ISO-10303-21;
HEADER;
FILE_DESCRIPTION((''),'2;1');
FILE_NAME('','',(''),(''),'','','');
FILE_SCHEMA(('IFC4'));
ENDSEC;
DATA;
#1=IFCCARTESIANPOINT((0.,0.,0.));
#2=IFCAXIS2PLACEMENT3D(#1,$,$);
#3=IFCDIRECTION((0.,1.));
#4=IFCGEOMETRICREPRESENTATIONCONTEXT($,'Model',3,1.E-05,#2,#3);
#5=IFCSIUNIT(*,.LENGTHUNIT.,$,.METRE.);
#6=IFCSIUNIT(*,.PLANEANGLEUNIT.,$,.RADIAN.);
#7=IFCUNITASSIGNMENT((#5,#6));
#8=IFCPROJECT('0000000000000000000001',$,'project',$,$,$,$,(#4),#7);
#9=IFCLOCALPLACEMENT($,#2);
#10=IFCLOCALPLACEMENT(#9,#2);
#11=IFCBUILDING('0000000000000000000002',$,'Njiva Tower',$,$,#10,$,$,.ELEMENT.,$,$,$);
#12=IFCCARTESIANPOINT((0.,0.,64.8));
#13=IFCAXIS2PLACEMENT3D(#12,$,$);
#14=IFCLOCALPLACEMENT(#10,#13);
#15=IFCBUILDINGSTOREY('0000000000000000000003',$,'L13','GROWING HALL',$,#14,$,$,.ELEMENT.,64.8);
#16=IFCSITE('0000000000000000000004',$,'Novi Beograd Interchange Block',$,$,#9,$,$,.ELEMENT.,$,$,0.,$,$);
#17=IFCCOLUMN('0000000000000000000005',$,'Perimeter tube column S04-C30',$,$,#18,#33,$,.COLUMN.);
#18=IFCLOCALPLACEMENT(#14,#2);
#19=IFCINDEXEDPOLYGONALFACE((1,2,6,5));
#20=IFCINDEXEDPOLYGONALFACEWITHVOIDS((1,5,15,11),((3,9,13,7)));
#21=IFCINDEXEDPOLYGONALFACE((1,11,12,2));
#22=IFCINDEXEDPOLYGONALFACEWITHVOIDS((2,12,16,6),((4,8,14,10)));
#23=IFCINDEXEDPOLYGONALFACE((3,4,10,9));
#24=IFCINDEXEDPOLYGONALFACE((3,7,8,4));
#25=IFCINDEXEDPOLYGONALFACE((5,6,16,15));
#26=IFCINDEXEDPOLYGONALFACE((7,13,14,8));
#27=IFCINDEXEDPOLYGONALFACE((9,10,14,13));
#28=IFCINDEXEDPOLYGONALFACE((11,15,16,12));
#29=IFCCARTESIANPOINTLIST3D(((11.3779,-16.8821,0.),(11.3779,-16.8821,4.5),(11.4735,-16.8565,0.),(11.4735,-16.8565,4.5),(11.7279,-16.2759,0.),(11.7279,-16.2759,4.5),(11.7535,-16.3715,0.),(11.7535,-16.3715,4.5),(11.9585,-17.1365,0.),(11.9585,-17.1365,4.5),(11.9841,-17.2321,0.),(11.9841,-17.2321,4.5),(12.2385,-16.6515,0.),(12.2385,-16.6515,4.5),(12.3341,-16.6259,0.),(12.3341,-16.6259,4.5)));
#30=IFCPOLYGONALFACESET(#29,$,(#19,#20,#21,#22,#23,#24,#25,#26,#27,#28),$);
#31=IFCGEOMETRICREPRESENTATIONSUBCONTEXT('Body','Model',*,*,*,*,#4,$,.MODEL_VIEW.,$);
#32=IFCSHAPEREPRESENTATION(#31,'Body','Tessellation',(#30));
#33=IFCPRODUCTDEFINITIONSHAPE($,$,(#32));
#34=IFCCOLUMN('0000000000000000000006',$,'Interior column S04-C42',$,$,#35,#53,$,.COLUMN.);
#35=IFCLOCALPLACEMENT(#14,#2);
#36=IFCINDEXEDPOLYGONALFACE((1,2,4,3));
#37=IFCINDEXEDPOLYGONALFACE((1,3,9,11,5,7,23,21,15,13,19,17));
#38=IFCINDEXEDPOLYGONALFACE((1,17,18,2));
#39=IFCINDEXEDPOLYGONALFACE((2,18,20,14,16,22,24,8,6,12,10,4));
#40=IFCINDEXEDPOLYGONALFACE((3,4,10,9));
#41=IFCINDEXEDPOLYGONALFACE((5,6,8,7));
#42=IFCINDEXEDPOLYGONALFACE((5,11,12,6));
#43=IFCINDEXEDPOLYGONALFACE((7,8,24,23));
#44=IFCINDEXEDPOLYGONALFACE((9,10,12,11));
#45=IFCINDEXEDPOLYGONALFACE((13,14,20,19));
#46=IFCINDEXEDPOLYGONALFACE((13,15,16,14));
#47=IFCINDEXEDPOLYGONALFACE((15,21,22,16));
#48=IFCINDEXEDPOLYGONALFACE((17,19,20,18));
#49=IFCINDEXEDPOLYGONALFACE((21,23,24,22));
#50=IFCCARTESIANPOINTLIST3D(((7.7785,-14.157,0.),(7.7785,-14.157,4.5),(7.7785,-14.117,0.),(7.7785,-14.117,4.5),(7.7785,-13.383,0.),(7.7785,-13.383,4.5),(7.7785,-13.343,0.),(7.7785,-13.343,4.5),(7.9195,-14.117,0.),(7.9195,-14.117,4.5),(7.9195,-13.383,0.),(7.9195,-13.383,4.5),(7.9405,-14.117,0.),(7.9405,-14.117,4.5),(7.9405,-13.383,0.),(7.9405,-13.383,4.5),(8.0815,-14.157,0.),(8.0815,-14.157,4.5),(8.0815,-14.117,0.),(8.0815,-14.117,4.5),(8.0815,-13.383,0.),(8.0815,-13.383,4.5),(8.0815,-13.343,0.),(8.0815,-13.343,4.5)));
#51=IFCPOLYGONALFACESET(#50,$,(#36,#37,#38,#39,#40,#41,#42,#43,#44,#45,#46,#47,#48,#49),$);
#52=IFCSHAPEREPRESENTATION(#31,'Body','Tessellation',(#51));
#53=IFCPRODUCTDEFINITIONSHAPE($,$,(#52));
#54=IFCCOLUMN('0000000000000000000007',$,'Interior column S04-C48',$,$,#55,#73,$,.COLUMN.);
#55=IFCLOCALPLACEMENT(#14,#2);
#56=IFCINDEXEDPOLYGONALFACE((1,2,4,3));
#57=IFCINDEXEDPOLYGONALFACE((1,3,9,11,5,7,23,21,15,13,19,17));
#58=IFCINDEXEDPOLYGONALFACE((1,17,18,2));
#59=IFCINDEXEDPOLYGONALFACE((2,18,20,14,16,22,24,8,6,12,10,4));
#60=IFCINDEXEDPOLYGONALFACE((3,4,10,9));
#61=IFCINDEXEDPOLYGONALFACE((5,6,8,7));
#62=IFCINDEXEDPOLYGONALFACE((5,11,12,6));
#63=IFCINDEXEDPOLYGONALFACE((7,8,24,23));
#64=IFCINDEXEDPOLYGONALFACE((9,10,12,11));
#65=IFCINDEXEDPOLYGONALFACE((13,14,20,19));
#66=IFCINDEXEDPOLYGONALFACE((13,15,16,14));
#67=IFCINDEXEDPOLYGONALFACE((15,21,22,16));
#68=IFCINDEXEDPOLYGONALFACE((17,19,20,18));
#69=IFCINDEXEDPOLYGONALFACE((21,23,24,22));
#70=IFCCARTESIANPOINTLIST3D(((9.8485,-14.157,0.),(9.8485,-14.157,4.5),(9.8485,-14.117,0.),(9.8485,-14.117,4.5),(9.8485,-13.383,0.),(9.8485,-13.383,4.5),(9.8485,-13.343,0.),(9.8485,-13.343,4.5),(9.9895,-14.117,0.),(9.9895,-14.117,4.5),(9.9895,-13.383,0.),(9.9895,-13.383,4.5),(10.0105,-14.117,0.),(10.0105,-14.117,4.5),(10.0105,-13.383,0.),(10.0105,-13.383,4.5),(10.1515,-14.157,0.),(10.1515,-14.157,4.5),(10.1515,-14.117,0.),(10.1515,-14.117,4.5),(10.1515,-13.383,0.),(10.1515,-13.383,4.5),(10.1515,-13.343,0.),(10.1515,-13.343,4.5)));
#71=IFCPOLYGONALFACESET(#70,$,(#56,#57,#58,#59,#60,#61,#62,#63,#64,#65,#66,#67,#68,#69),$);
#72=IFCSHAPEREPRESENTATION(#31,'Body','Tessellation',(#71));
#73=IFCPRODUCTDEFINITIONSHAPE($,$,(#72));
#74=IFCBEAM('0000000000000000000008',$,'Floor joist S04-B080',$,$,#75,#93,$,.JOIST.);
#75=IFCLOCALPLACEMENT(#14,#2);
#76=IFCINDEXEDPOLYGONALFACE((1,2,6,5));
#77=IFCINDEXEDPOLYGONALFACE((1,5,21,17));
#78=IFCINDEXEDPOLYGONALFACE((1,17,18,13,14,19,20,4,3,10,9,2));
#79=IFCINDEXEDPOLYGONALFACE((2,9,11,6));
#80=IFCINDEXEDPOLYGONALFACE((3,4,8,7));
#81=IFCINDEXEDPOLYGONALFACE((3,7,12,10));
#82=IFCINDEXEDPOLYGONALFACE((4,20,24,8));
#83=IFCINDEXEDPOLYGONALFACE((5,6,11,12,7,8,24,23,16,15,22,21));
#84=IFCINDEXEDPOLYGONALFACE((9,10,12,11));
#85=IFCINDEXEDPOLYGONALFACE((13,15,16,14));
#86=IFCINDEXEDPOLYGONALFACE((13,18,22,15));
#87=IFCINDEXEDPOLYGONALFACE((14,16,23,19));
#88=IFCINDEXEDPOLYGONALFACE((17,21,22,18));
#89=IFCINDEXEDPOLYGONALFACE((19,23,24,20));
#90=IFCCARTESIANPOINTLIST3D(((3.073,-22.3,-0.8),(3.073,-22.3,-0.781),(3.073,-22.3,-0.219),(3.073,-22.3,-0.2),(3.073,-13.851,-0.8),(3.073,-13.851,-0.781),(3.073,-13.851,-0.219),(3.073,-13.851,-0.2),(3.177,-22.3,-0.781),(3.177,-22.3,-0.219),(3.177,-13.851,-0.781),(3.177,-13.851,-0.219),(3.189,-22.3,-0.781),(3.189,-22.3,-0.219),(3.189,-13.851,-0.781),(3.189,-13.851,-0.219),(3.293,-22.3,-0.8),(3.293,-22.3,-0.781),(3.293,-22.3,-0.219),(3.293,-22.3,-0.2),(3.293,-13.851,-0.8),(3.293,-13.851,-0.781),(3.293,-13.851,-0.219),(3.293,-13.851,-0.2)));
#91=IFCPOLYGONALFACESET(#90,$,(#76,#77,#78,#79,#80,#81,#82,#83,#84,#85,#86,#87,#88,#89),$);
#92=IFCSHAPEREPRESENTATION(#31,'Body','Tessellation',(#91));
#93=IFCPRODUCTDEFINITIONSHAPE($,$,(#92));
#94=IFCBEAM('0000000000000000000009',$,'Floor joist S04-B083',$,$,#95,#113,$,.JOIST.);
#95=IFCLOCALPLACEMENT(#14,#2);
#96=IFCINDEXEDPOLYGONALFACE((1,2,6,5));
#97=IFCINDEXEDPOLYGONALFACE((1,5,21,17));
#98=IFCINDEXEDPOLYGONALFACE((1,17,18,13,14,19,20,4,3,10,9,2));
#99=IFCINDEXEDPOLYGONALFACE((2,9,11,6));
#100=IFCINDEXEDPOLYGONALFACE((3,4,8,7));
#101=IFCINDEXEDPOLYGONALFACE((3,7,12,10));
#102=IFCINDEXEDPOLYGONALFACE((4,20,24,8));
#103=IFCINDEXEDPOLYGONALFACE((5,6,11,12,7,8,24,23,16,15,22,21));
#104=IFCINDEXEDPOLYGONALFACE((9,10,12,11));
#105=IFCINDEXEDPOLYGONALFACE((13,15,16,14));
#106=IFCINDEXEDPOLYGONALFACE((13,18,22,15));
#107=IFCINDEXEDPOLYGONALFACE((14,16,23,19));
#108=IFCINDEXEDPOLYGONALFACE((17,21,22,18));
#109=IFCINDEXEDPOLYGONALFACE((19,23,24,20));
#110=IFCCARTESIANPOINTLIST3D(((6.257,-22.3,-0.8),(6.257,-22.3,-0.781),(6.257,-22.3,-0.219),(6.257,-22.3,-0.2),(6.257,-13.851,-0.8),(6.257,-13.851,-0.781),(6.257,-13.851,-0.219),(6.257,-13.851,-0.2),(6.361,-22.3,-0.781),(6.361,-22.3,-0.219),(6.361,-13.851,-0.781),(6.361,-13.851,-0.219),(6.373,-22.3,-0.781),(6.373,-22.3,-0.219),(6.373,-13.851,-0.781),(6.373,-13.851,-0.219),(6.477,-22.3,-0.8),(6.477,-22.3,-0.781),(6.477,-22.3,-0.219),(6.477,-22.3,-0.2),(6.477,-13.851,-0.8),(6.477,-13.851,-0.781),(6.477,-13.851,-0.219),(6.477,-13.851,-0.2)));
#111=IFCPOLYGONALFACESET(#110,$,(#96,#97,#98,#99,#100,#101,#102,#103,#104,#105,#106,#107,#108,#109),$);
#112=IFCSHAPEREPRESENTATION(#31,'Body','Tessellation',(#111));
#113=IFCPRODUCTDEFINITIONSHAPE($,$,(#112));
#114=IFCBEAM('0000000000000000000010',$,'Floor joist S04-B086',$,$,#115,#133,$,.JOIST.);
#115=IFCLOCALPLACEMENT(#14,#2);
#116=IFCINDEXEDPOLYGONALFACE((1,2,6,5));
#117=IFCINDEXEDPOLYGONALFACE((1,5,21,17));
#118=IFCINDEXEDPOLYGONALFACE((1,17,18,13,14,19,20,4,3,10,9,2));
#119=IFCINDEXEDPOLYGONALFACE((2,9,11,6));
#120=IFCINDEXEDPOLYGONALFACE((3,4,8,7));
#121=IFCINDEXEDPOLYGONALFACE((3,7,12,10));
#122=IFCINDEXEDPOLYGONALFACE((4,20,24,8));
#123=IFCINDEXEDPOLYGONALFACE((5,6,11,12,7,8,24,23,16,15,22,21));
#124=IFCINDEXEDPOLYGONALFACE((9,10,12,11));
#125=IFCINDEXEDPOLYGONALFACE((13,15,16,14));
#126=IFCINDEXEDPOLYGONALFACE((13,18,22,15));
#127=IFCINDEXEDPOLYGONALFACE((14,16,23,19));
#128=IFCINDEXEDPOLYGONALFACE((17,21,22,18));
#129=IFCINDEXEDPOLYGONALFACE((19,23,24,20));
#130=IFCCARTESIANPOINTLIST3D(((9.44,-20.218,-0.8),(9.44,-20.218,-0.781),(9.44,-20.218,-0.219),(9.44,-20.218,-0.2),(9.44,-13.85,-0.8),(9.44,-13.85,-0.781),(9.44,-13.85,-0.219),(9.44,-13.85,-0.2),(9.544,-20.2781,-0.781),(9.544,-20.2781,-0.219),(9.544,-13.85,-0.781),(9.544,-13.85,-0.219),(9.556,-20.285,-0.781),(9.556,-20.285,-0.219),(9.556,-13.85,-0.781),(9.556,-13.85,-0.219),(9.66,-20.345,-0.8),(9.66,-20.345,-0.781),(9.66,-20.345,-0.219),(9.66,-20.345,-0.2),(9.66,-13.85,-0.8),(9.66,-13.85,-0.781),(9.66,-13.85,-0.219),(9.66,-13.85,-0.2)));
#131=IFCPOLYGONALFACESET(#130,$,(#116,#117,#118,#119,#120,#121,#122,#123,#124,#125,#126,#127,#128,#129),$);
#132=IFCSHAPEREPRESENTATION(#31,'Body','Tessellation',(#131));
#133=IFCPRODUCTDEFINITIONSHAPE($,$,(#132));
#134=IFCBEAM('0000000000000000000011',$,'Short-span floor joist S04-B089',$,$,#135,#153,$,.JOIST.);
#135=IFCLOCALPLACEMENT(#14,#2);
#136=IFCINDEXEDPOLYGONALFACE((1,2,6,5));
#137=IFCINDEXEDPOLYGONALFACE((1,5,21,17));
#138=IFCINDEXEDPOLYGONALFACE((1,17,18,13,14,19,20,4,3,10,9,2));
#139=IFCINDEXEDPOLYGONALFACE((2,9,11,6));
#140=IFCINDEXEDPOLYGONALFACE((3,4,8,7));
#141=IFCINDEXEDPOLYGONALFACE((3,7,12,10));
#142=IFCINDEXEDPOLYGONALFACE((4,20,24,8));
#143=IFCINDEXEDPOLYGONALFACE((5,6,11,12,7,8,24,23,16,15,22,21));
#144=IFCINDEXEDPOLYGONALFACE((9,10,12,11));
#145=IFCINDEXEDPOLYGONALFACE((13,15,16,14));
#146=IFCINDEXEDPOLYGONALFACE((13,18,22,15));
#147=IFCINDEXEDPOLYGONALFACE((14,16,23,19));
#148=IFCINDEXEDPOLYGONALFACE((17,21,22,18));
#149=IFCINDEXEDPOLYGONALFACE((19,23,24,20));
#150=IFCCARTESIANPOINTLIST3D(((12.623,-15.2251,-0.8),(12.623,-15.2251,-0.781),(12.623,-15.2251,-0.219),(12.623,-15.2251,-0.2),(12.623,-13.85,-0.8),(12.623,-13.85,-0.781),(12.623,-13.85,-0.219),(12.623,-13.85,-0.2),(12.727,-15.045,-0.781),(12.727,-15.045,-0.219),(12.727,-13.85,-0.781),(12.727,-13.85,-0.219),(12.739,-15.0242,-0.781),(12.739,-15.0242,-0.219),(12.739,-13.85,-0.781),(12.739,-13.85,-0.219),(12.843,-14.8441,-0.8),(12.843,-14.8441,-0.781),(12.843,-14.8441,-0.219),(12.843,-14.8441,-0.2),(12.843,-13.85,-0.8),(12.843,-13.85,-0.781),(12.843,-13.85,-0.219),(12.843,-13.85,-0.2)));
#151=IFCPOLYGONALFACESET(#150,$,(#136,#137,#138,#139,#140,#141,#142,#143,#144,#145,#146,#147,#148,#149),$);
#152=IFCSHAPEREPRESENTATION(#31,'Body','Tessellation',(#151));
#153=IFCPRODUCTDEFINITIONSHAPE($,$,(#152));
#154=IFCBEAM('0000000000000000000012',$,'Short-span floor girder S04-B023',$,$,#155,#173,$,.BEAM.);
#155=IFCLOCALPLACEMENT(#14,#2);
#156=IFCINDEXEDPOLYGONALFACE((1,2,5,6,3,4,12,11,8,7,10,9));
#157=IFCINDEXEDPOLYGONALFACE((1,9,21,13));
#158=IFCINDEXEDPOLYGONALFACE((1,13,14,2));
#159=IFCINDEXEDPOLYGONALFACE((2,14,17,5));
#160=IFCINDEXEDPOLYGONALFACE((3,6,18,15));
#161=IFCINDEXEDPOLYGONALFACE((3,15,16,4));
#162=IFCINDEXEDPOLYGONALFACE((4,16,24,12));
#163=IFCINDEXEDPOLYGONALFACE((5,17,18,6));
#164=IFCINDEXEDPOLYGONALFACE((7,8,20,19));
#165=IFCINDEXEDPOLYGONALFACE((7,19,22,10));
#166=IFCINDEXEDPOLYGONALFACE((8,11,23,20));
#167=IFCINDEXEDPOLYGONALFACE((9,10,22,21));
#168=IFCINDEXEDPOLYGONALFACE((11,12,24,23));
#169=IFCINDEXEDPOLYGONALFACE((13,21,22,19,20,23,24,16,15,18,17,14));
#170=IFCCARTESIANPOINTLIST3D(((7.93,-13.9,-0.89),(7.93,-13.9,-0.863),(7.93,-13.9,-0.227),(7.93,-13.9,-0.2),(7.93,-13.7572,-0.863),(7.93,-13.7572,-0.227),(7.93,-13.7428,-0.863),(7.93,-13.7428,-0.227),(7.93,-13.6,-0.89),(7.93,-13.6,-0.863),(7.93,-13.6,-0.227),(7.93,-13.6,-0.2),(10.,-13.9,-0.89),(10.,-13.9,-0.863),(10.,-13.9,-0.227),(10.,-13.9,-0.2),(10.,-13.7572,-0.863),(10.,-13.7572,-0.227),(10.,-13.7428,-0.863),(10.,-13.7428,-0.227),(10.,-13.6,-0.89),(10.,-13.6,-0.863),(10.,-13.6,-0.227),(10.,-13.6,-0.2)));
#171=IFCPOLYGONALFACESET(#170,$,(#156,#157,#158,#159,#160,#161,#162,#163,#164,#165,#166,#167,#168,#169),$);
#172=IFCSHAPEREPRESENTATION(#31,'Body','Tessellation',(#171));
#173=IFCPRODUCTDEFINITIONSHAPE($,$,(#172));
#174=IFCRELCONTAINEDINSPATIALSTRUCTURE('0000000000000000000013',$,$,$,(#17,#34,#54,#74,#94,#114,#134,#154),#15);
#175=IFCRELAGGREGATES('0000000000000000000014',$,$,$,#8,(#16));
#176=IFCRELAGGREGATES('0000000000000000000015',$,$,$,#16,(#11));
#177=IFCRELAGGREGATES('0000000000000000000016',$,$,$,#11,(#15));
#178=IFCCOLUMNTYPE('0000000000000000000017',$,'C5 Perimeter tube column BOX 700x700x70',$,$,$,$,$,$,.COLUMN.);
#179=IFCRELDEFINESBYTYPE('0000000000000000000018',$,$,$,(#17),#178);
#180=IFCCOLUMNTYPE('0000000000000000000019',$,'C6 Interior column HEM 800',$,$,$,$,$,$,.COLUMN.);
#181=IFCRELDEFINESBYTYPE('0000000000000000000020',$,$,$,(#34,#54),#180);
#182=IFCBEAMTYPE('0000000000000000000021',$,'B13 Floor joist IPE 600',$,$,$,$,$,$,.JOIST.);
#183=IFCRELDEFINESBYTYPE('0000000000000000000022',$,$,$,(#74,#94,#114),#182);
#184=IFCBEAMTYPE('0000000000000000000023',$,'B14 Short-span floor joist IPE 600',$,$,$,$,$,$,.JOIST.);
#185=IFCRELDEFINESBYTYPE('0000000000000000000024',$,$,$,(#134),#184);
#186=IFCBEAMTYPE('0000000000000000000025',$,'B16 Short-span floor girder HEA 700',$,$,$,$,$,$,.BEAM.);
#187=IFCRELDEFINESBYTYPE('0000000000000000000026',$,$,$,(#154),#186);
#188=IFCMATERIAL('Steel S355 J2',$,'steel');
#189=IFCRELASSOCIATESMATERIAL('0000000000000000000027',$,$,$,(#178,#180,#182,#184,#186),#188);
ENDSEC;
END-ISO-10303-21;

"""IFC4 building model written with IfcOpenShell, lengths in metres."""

from ifc_helpers import new_model, si_unit, direction, frame, origin, origin_2d, place, context, subcontext, project, spatial, hollow_rectangle, i_section, extrude, clip, halfspace, material, material_profile, profile_set, type_object, element, save


model = new_model("IFC4")

# Units and contexts
model_context = context("Model", 3, precision=1e-05, world=origin(), true_north=direction((0.0, 1.0)))
body_context = subcontext(model_context, "Body", "Model", "MODEL_VIEW")
ifc_project = project(units=[si_unit("LENGTHUNIT", "METRE"), si_unit("PLANEANGLEUNIT", "RADIAN")], contexts=[model_context])

# Site, building, storey
site_placement = place(None, origin())
site = spatial("IfcSite", under=ifc_project, at=site_placement, Name="Novi Beograd Interchange Block", CompositionType="ELEMENT", RefElevation=0.0)
building_placement = place(site_placement, origin())
building = spatial("IfcBuilding", under=site, at=building_placement, Name="Njiva Tower", CompositionType="ELEMENT")
storey_placement = place(building_placement, frame((0.0, 0.0, 64.8)))
storey = spatial("IfcBuildingStorey", under=building, at=storey_placement, Name="L13", Description="GROWING HALL", CompositionType="ELEMENT", Elevation=64.8)

# Columns
ifc_material_1 = material(Name="Steel S355 J2", Category="steel")
ifc_material_profile_1 = material_profile(ifc_material_1, hollow_rectangle(XDim=0.7, YDim=0.7, WallThickness=0.07, at=origin_2d()), Name="BOX 700x700x70")
ifc_profile_set_1 = profile_set([ifc_material_profile_1], Name="Steel S355 J2")
column_type_1 = type_object("IfcColumnType", Name="C5 Perimeter tube column BOX 700x700x70", PredefinedType="COLUMN", material=ifc_profile_set_1)
column_placement = place(storey_placement, frame((11.856, -16.754, 0.0), z_axis=(0.0, 0.0, 1.0), x_axis=(0.5, 0.866025, 0.0)))
element("IfcColumn", 1, at=column_placement, inside=storey, type_object=column_type_1, Name="Perimeter tube column S04-C30", PredefinedType="COLUMN", context=body_context, shape_type="SweptSolid", body=[
    extrude(hollow_rectangle(XDim=0.7, YDim=0.7, WallThickness=0.07, at=origin_2d()), origin(), (0.0, 0.0, 1.0), 4.5),
])
ifc_material_profile_2 = material_profile(ifc_material_1, i_section(OverallWidth=0.303, OverallDepth=0.814, WebThickness=0.021, FlangeThickness=0.04, at=origin_2d()), Name="HEM 800")
ifc_profile_set_2 = profile_set([ifc_material_profile_2], Name="Steel S355 J2")
column_type_2 = type_object("IfcColumnType", Name="C6 Interior column HEM 800", PredefinedType="COLUMN", material=ifc_profile_set_2)
for number, where, z_axis, x_axis, name in (
    (2, (7.93, -13.75, 0.0), (0.0, 0.0, 1.0), (1.0, 0.0, 0.0), "Interior column S04-C42"),
    (3, (10.0, -13.75, 0.0), (0.0, 0.0, 1.0), (1.0, 0.0, 0.0), "Interior column S04-C48"),
):
    element("IfcColumn", number, at=place(storey_placement, frame(where, z_axis=z_axis, x_axis=x_axis)), inside=storey, type_object=column_type_2, Name=name, PredefinedType="COLUMN", context=body_context, shape_type="SweptSolid", body=[
        extrude(i_section(OverallWidth=0.303, OverallDepth=0.814, WebThickness=0.021, FlangeThickness=0.04, at=origin_2d()), origin(), (0.0, 0.0, 1.0), 4.5),
    ])

# Beams
ifc_material_profile_3 = material_profile(ifc_material_1, i_section(OverallWidth=0.22, OverallDepth=0.6, WebThickness=0.012, FlangeThickness=0.019, at=origin_2d()), Name="IPE 600")
ifc_profile_set_3 = profile_set([ifc_material_profile_3], Name="Steel S355 J2")
beam_type_1 = type_object("IfcBeamType", Name="B13 Floor joist IPE 600", PredefinedType="JOIST", material=ifc_profile_set_3)
for number, where, z_axis, x_axis, name in (
    (4, (3.183, -13.851, -0.5), (0.0, -1.0, 0.0), (1.0, 0.0, 0.0), "Floor joist S04-B080"),
    (5, (6.367, -13.851, -0.5), (0.0, -1.0, 0.0), (1.0, 0.0, 0.0), "Floor joist S04-B083"),
):
    element("IfcBeam", number, at=place(storey_placement, frame(where, z_axis=z_axis, x_axis=x_axis)), inside=storey, type_object=beam_type_1, Name=name, PredefinedType="JOIST", context=body_context, shape_type="SweptSolid", body=[
        extrude(i_section(OverallWidth=0.22, OverallDepth=0.6, WebThickness=0.012, FlangeThickness=0.019, at=origin_2d()), origin(), (0.0, 0.0, 1.0), 8.449),
    ])
beam_1_placement = place(storey_placement, frame((9.55, -13.85, -0.5), z_axis=(0.0, -1.0, 0.0), x_axis=(1.0, 0.0, 0.0)))
element("IfcBeam", 6, at=beam_1_placement, inside=storey, type_object=beam_type_1, Name="Floor joist S04-B086", PredefinedType="JOIST", context=body_context, shape_type="Clipping", body=[
    clip(extrude(i_section(OverallWidth=0.22, OverallDepth=0.6, WebThickness=0.012, FlangeThickness=0.019, at=origin_2d()), origin(), (0.0, 0.0, 1.0), 6.516), halfspace(frame((-0.025, 0.0, 6.4171), z_axis=(-0.499998, 0.0, 0.866027), x_axis=(0.0, 1.0, 0.0)), False)),
])
ifc_material_profile_4 = material_profile(ifc_material_1, i_section(OverallWidth=0.22, OverallDepth=0.6, WebThickness=0.012, FlangeThickness=0.019, at=origin_2d()), Name="IPE 600")
ifc_profile_set_4 = profile_set([ifc_material_profile_4], Name="Steel S355 J2")
beam_type_2 = type_object("IfcBeamType", Name="B14 Short-span floor joist IPE 600", PredefinedType="JOIST", material=ifc_profile_set_4)
beam_2_placement = place(storey_placement, frame((12.733, -13.85, -0.5), z_axis=(0.0, -1.0, 0.0), x_axis=(1.0, 0.0, 0.0)))
element("IfcBeam", 7, at=beam_2_placement, inside=storey, type_object=beam_type_2, Name="Short-span floor joist S04-B089", PredefinedType="JOIST", context=body_context, shape_type="Clipping", body=[
    clip(extrude(i_section(OverallWidth=0.22, OverallDepth=0.6, WebThickness=0.012, FlangeThickness=0.019, at=origin_2d()), origin(), (0.0, 0.0, 1.0), 1.395), halfspace(frame((0.0436, 0.0, 1.1091), z_axis=(0.866027, 0.0, 0.499998), x_axis=(0.0, 1.0, 0.0)), False)),
])
ifc_material_profile_5 = material_profile(ifc_material_1, i_section(OverallWidth=0.3, OverallDepth=0.69, WebThickness=0.0145, FlangeThickness=0.027, at=origin_2d()), Name="HEA 700")
ifc_profile_set_5 = profile_set([ifc_material_profile_5], Name="Steel S355 J2")
beam_type_3 = type_object("IfcBeamType", Name="B16 Short-span floor girder HEA 700", PredefinedType="BEAM", material=ifc_profile_set_5)
beam_3_placement = place(storey_placement, frame((7.93, -13.75, -0.545), z_axis=(1.0, 0.0, 0.0), x_axis=(0.0, 1.0, 0.0)))
element("IfcBeam", 8, at=beam_3_placement, inside=storey, type_object=beam_type_3, Name="Short-span floor girder S04-B023", PredefinedType="BEAM", context=body_context, shape_type="SweptSolid", body=[
    extrude(i_section(OverallWidth=0.3, OverallDepth=0.69, WebThickness=0.0145, FlangeThickness=0.027, at=origin_2d()), origin(), (0.0, 0.0, 1.0), 2.07),
])

save(model, "model.ifc")
